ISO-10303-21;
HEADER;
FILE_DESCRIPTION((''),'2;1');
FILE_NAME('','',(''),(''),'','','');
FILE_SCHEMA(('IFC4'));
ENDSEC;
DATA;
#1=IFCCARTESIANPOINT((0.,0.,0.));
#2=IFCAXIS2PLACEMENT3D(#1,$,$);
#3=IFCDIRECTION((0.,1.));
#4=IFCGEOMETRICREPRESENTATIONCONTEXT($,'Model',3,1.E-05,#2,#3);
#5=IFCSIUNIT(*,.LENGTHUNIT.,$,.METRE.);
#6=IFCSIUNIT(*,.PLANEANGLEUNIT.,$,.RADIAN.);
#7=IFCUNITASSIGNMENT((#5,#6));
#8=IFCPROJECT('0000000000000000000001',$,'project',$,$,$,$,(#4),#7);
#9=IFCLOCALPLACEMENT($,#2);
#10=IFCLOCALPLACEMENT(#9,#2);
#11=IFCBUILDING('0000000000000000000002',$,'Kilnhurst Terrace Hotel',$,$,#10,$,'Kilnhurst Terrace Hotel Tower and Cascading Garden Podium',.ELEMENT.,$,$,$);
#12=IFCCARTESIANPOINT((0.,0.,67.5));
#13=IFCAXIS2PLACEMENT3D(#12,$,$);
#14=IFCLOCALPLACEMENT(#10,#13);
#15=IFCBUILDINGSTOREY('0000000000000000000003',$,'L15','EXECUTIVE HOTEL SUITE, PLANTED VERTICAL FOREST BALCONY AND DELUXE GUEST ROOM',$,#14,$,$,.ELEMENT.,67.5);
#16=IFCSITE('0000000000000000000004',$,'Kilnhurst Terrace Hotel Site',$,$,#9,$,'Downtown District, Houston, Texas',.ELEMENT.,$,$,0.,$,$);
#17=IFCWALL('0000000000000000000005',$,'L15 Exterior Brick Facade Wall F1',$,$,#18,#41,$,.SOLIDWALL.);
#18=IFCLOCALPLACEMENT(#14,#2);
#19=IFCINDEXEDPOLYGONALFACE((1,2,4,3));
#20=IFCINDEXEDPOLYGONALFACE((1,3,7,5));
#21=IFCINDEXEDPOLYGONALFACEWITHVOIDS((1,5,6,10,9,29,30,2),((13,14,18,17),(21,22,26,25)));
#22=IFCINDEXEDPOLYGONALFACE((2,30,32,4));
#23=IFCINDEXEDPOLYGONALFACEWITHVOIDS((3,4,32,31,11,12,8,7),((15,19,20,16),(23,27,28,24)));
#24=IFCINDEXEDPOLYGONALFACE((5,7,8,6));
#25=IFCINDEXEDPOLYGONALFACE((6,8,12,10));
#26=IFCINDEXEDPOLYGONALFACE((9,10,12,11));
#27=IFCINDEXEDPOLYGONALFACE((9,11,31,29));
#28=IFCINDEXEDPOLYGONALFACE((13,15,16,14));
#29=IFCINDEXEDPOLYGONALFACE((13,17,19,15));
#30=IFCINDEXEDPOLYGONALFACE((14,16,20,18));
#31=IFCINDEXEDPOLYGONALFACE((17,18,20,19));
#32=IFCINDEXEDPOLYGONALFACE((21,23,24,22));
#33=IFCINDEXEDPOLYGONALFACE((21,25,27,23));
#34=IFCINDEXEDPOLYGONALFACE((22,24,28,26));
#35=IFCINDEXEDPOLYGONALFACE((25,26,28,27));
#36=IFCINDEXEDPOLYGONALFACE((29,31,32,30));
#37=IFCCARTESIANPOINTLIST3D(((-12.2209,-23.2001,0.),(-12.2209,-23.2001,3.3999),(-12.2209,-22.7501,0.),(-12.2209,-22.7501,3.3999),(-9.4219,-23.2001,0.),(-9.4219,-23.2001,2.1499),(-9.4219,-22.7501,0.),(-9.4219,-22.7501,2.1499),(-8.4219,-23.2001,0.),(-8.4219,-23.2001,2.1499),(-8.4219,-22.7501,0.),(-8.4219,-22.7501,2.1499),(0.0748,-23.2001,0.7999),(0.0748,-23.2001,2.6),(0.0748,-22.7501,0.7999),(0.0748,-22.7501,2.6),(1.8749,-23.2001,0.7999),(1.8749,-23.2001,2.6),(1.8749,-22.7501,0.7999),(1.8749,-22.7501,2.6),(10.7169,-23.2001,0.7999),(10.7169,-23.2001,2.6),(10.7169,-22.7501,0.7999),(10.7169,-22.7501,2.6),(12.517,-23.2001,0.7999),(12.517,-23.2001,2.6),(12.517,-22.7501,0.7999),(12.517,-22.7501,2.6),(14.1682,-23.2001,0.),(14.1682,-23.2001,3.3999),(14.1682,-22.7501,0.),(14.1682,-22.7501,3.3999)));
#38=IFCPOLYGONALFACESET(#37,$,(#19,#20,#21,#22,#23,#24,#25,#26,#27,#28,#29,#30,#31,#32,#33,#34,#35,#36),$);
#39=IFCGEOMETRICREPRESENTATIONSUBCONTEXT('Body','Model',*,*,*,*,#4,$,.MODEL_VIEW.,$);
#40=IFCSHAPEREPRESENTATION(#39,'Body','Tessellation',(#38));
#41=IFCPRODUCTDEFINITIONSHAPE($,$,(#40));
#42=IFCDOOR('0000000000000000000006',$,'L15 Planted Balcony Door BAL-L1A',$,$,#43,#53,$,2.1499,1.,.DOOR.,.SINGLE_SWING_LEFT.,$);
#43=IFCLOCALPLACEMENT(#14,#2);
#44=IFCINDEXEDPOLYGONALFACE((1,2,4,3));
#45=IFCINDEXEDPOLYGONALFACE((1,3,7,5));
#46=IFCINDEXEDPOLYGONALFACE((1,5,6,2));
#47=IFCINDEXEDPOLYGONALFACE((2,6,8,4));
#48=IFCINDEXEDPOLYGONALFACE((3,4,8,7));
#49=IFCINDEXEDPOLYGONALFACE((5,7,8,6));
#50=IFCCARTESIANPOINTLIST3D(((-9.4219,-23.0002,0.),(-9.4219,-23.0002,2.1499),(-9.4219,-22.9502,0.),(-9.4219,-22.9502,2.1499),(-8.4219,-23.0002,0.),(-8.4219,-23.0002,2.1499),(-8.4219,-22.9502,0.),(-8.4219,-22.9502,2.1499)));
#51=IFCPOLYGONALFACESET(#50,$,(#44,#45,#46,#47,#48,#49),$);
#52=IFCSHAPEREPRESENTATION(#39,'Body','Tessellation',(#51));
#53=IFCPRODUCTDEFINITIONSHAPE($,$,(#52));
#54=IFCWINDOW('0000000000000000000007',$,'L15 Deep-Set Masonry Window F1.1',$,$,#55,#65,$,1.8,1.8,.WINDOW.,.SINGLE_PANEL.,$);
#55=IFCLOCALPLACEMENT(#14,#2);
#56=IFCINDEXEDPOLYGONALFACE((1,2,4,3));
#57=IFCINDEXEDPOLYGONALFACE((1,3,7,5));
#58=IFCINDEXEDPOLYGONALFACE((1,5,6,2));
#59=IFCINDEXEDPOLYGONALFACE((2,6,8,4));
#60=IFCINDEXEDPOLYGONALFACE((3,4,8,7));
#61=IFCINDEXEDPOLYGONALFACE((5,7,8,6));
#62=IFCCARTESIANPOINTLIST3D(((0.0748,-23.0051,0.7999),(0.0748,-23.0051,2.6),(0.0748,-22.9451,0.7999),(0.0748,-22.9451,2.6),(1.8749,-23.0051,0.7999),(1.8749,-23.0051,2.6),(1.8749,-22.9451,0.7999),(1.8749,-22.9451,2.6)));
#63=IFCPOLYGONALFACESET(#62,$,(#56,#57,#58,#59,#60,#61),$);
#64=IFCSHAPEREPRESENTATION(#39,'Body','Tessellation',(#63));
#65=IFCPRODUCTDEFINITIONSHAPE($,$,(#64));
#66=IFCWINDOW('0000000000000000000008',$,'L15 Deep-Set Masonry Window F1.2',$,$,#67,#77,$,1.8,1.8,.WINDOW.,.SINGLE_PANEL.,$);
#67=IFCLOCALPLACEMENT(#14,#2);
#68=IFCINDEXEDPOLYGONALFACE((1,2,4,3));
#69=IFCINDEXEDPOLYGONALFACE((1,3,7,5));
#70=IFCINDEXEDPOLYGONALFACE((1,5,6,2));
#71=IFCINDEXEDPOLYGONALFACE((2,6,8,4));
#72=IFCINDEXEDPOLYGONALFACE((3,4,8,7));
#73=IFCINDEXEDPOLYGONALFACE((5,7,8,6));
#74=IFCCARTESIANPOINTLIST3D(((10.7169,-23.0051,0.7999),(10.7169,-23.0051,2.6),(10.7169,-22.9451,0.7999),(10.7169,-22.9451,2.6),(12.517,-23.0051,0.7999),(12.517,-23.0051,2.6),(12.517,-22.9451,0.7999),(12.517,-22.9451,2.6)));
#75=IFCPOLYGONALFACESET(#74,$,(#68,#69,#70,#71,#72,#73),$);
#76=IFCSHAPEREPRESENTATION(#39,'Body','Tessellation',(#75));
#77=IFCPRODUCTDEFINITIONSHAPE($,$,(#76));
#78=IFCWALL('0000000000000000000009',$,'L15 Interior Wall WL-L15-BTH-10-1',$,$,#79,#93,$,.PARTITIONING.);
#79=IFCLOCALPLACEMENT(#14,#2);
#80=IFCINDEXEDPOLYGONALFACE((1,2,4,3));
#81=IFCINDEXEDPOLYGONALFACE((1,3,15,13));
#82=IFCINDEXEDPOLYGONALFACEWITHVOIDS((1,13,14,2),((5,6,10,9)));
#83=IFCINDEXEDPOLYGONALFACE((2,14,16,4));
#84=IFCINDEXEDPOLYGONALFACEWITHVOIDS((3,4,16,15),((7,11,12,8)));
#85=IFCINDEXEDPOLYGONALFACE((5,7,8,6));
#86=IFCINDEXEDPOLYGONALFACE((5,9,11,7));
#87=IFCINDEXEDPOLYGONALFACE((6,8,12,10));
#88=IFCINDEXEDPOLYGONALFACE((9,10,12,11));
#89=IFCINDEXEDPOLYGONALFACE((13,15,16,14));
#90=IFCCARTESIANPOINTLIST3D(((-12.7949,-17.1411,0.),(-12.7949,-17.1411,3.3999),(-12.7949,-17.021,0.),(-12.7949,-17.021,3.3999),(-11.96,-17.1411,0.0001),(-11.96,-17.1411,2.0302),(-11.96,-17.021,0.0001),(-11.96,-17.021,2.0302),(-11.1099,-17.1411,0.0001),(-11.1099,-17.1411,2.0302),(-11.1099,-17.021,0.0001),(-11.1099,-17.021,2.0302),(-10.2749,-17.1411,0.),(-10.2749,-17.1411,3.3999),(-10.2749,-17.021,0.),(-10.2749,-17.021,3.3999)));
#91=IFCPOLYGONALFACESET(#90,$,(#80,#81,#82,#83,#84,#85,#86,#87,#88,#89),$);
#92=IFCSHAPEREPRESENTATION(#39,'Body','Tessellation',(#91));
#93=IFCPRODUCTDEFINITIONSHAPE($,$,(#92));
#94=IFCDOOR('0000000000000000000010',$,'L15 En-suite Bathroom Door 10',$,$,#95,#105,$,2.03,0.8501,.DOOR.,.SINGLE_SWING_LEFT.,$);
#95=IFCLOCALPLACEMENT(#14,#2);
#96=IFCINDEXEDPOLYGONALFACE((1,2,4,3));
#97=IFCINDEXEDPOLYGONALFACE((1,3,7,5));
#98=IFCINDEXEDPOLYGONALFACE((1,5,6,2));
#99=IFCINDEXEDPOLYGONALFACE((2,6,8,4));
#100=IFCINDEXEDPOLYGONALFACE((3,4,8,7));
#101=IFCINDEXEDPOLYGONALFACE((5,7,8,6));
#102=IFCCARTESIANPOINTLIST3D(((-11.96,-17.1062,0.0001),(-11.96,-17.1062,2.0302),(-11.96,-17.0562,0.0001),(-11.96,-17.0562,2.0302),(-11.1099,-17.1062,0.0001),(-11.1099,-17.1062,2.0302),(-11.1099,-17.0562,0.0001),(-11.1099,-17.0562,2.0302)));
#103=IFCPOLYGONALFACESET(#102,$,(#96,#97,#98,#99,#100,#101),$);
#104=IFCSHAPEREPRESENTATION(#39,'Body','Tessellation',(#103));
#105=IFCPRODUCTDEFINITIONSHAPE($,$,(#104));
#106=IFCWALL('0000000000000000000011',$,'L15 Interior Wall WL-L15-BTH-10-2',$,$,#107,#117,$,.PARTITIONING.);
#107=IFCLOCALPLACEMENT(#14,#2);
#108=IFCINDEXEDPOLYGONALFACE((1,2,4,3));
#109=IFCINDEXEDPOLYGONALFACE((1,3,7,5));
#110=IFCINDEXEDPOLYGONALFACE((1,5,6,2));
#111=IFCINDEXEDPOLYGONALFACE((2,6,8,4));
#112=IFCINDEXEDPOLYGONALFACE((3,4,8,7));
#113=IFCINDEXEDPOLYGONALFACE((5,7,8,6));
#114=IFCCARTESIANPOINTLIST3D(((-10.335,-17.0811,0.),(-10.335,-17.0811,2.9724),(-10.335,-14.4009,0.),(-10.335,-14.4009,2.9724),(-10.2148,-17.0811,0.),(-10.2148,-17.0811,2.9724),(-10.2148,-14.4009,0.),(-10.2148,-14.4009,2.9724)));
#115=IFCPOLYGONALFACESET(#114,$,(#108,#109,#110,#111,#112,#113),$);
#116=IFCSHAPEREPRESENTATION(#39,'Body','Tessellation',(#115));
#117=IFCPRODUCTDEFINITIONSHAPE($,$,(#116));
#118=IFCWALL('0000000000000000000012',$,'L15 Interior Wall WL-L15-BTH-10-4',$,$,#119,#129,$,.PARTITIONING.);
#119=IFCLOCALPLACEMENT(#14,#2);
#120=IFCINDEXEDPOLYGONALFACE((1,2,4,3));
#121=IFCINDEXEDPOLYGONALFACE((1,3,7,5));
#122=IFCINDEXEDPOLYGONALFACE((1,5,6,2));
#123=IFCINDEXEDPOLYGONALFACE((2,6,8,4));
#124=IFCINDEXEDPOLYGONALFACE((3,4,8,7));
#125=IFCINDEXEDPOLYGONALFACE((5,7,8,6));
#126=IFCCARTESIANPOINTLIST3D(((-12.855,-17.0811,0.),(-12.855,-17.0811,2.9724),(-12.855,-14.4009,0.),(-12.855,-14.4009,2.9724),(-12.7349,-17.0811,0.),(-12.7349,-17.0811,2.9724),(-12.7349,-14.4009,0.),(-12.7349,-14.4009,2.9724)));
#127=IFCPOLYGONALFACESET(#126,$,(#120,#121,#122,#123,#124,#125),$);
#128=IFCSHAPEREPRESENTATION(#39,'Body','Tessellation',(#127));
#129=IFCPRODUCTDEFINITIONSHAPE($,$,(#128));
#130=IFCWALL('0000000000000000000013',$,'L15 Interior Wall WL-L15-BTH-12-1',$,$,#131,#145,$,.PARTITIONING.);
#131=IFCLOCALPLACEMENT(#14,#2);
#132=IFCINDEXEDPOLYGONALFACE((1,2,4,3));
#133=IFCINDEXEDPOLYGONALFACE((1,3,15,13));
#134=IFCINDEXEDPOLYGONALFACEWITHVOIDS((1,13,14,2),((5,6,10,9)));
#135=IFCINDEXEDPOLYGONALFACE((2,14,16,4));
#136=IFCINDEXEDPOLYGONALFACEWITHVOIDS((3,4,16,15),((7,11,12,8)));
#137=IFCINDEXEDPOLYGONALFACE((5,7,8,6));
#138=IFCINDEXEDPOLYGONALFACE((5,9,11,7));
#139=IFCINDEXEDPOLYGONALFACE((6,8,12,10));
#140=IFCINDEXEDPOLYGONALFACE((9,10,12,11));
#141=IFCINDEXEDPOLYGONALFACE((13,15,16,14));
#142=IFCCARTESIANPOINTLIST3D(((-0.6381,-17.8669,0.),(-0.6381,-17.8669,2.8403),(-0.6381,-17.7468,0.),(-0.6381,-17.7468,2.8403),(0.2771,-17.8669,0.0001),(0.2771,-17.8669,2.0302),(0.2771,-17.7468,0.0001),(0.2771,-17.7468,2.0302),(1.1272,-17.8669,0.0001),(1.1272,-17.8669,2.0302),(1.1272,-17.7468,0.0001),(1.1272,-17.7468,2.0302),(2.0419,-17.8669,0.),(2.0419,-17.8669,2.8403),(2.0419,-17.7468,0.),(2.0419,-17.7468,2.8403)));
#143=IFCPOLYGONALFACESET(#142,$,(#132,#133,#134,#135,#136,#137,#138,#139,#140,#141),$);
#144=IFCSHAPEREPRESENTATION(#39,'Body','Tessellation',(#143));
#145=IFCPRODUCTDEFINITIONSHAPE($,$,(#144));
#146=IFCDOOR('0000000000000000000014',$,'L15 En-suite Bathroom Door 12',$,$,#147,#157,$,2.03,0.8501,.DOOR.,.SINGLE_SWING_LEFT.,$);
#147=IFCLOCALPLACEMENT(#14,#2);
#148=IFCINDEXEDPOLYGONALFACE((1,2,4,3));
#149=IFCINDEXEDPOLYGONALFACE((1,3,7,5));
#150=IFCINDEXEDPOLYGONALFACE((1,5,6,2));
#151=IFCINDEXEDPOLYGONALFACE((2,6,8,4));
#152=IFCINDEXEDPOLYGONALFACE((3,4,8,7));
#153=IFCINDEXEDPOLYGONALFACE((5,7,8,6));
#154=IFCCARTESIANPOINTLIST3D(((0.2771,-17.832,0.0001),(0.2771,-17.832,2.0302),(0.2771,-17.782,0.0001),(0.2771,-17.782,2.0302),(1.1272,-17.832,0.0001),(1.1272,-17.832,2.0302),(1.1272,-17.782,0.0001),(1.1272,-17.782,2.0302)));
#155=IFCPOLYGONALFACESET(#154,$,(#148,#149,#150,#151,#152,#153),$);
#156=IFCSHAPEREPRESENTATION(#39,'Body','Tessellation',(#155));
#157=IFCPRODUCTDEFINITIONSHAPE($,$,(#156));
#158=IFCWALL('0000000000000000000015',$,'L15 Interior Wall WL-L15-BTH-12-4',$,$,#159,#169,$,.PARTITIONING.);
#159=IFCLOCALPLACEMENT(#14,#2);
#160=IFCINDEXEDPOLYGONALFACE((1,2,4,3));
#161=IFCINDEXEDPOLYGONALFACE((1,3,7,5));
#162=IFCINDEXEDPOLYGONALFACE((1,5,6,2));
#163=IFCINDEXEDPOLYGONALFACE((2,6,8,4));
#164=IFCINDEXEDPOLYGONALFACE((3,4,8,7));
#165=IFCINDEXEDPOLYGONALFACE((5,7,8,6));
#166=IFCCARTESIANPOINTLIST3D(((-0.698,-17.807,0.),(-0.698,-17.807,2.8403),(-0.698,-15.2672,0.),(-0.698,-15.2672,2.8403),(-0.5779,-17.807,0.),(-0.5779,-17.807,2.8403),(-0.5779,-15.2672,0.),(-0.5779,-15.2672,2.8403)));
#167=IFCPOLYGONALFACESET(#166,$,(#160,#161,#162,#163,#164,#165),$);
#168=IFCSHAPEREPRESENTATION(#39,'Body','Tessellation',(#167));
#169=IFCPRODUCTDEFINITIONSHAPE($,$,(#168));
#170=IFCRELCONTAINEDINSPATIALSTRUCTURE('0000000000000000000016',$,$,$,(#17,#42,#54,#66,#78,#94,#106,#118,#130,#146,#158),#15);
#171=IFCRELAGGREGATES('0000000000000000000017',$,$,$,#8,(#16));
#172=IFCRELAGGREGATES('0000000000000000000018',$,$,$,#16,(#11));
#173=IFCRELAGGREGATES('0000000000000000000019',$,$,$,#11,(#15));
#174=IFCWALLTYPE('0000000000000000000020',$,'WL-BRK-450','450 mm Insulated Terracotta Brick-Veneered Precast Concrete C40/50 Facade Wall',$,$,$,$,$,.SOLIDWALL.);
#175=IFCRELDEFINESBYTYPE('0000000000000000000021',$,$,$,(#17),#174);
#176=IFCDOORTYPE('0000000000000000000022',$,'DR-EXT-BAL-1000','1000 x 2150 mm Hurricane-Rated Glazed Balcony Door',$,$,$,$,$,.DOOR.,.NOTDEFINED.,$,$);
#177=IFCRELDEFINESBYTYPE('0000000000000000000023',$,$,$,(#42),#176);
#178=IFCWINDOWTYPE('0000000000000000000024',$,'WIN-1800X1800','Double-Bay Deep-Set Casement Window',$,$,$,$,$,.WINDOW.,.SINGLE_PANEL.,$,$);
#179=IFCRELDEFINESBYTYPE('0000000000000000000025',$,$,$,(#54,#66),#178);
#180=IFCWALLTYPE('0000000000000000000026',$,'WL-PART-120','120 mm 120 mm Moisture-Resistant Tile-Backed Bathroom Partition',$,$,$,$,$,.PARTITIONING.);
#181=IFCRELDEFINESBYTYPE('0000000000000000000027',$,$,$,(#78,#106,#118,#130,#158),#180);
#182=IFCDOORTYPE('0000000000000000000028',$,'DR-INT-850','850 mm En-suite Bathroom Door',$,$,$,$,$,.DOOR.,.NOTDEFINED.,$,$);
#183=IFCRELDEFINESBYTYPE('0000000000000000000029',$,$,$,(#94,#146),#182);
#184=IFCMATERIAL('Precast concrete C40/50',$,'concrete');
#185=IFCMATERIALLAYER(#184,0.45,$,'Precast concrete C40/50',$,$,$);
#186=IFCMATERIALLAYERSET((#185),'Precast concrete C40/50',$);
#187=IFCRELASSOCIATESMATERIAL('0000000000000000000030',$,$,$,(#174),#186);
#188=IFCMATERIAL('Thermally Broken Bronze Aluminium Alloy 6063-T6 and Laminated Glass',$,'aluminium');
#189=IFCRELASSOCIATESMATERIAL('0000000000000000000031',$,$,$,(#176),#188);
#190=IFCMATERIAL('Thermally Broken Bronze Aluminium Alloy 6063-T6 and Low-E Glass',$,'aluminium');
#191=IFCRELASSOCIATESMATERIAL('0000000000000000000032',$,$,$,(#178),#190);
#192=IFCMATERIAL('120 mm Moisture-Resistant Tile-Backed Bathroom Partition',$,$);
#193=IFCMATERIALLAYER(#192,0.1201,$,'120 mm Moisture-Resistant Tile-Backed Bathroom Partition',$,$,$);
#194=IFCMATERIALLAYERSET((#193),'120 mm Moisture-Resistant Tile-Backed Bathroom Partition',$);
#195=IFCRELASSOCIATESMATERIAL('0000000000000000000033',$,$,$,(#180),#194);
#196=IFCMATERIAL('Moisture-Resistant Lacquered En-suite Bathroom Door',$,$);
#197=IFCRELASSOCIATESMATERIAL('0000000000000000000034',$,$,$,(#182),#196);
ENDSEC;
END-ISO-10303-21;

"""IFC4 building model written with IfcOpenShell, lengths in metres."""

from ifc_helpers import new_model, si_unit, direction, frame, frame_2d, origin, place, context, subcontext, project, spatial, rectangle, extrude, material, layer, layer_set, type_object, element, fill, save


model = new_model("IFC4")

# Units and contexts
model_context = context("Model", 3, precision=1e-05, world=origin(), true_north=direction((0.0, 1.0)))
body_context = subcontext(model_context, "Body", "Model", "MODEL_VIEW")
ifc_project = project(units=[si_unit("LENGTHUNIT", "METRE"), si_unit("PLANEANGLEUNIT", "RADIAN")], contexts=[model_context])

# Site, building, storey
site_placement = place(None, origin())
site = spatial("IfcSite", under=ifc_project, at=site_placement, Name="Kilnhurst Terrace Hotel Site", LongName="Downtown District, Houston, Texas", CompositionType="ELEMENT", RefElevation=0.0)
building_placement = place(site_placement, origin())
building = spatial("IfcBuilding", under=site, at=building_placement, Name="Kilnhurst Terrace Hotel", LongName="Kilnhurst Terrace Hotel Tower and Cascading Garden Podium", CompositionType="ELEMENT")
storey_placement = place(building_placement, frame((0.0, 0.0, 67.5)))
storey = spatial("IfcBuildingStorey", under=building, at=storey_placement, Name="L15", Description="EXECUTIVE HOTEL SUITE, PLANTED VERTICAL FOREST BALCONY AND DELUXE GUEST ROOM", CompositionType="ELEMENT", Elevation=67.5)

# Shared definitions
ifc_material_1 = material(Name="Precast concrete C40/50", Category="concrete")
ifc_layer_1 = layer(ifc_material_1, 0.45, Name="Precast concrete C40/50")
ifc_layer_set_1 = layer_set([ifc_layer_1], Name="Precast concrete C40/50")
wall_type_1 = type_object("IfcWallType", Name="WL-BRK-450", Description="450 mm Insulated Terracotta Brick-Veneered Precast Concrete C40/50 Facade Wall", PredefinedType="SOLIDWALL", material=ifc_layer_set_1)

# Wall, openings, door, windows
wall_1_placement = place(storey_placement, frame((-12.2209, -22.9751, 0.0), z_axis=(0.0, 0.0, 1.0), x_axis=(1.0, 0.0, 0.0)))
wall_1 = element("IfcWall", 1, at=wall_1_placement, inside=storey, type_object=wall_type_1, Name="L15 Exterior Brick Facade Wall F1", PredefinedType="SOLIDWALL", context=body_context, shape_type="SweptSolid", body=[
    extrude(rectangle(XDim=26.3892, YDim=0.45, at=frame_2d((13.1946, 0.0))), origin(), (0.0, 0.0, 1.0), 3.3999),
])
opening_1_placement = place(wall_1_placement, frame((2.7991, 0.0, 0.0)))
opening_1 = element("IfcOpeningElement", 2, at=opening_1_placement, cuts=wall_1, PredefinedType="OPENING", context=body_context, shape_type="SweptSolid", body=[
    extrude(rectangle(XDim=1.0, YDim=2.1499, at=frame_2d((0.5, 1.075))), frame((0.0, 0.2349, 0.0), z_axis=(0.0, -1.0, 0.0), x_axis=(1.0, 0.0, 0.0)), (0.0, 0.0, 1.0), 0.47),
])
opening_2_placement = place(wall_1_placement, frame((12.2959, 0.0, 0.8)))
opening_2 = element("IfcOpeningElement", 3, at=opening_2_placement, cuts=wall_1, PredefinedType="OPENING", context=body_context, shape_type="SweptSolid", body=[
    extrude(rectangle(XDim=1.8, YDim=1.8, at=frame_2d((0.8999, 0.8999))), frame((0.0, 0.2349, 0.0), z_axis=(0.0, -1.0, 0.0), x_axis=(1.0, 0.0, 0.0)), (0.0, 0.0, 1.0), 0.47),
])
opening_3_placement = place(wall_1_placement, frame((22.938, 0.0, 0.8)))
opening_3 = element("IfcOpeningElement", 4, at=opening_3_placement, cuts=wall_1, PredefinedType="OPENING", context=body_context, shape_type="SweptSolid", body=[
    extrude(rectangle(XDim=1.8, YDim=1.8, at=frame_2d((0.8999, 0.8999))), frame((0.0, 0.2349, 0.0), z_axis=(0.0, -1.0, 0.0), x_axis=(1.0, 0.0, 0.0)), (0.0, 0.0, 1.0), 0.47),
])
ifc_material_2 = material(Name="Thermally Broken Bronze Aluminium Alloy 6063-T6 and Laminated Glass", Category="aluminium")
door_type_1 = type_object("IfcDoorType", Name="DR-EXT-BAL-1000", Description="1000 x 2150 mm Hurricane-Rated Glazed Balcony Door", OperationType="NOTDEFINED", PredefinedType="DOOR", material=ifc_material_2)
door_1_placement = place(opening_1_placement, origin())
door_1 = element("IfcDoor", 5, at=door_1_placement, inside=storey, type_object=door_type_1, Name="L15 Planted Balcony Door BAL-L1A", OperationType="SINGLE_SWING_LEFT", OverallHeight=2.1499, OverallWidth=1.0, PredefinedType="DOOR", context=body_context, shape_type="SweptSolid", body=[
    extrude(rectangle(XDim=1.0, YDim=2.1499, at=frame_2d((0.5, 1.075))), frame((0.0, 0.0249, 0.0), z_axis=(0.0, -1.0, 0.0), x_axis=(1.0, 0.0, 0.0)), (0.0, 0.0, 1.0), 0.05),
])
fill(opening_1, door_1)
ifc_material_3 = material(Name="Thermally Broken Bronze Aluminium Alloy 6063-T6 and Low-E Glass", Category="aluminium")
window_type = type_object("IfcWindowType", Name="WIN-1800X1800", Description="Double-Bay Deep-Set Casement Window", PartitioningType="SINGLE_PANEL", PredefinedType="WINDOW", material=ifc_material_3)
window_1_placement = place(opening_2_placement, origin())
window_1 = element("IfcWindow", 6, at=window_1_placement, inside=storey, type_object=window_type, Name="L15 Deep-Set Masonry Window F1.1", OverallHeight=1.8, OverallWidth=1.8, PartitioningType="SINGLE_PANEL", PredefinedType="WINDOW", context=body_context, shape_type="SweptSolid", body=[
    extrude(rectangle(XDim=1.8, YDim=1.8, at=frame_2d((0.8999, 0.8999))), frame((0.0, 0.03, 0.0), z_axis=(0.0, -1.0, 0.0), x_axis=(1.0, 0.0, 0.0)), (0.0, 0.0, 1.0), 0.0601),
])
fill(opening_2, window_1)
window_2_placement = place(opening_3_placement, origin())
window_2 = element("IfcWindow", 7, at=window_2_placement, inside=storey, type_object=window_type, Name="L15 Deep-Set Masonry Window F1.2", OverallHeight=1.8, OverallWidth=1.8, PartitioningType="SINGLE_PANEL", PredefinedType="WINDOW", context=body_context, shape_type="SweptSolid", body=[
    extrude(rectangle(XDim=1.8, YDim=1.8, at=frame_2d((0.8999, 0.8999))), frame((0.0, 0.03, 0.0), z_axis=(0.0, -1.0, 0.0), x_axis=(1.0, 0.0, 0.0)), (0.0, 0.0, 1.0), 0.0601),
])
fill(opening_3, window_2)

# Wall, opening, door
ifc_material_4 = material(Name="120 mm Moisture-Resistant Tile-Backed Bathroom Partition")
ifc_layer_2 = layer(ifc_material_4, 0.1201, Name="120 mm Moisture-Resistant Tile-Backed Bathroom Partition")
ifc_layer_set_2 = layer_set([ifc_layer_2], Name="120 mm Moisture-Resistant Tile-Backed Bathroom Partition")
wall_type_2 = type_object("IfcWallType", Name="WL-PART-120", Description="120 mm 120 mm Moisture-Resistant Tile-Backed Bathroom Partition", PredefinedType="PARTITIONING", material=ifc_layer_set_2)
wall_2_placement = place(storey_placement, frame((-12.7949, -17.0811, 0.0), z_axis=(0.0, 0.0, 1.0), x_axis=(1.0, 0.0, 0.0)))
wall_2 = element("IfcWall", 8, at=wall_2_placement, inside=storey, type_object=wall_type_2, Name="L15 Interior Wall WL-L15-BTH-10-1", PredefinedType="PARTITIONING", context=body_context, shape_type="SweptSolid", body=[
    extrude(rectangle(XDim=2.52, YDim=0.1201, at=frame_2d((1.26, 0.0))), origin(), (0.0, 0.0, 1.0), 3.3999),
])
opening_4_placement = place(wall_2_placement, frame((0.835, 0.0, 0.0)))
opening_4 = element("IfcOpeningElement", 9, at=opening_4_placement, cuts=wall_2, PredefinedType="OPENING", context=body_context, shape_type="SweptSolid", body=[
    extrude(rectangle(XDim=0.8501, YDim=2.03, at=frame_2d((0.425, 1.0151))), frame((0.0, 0.0701, 0.0), z_axis=(0.0, -1.0, 0.0), x_axis=(1.0, 0.0, 0.0)), (0.0, 0.0, 1.0), 0.1401),
])
ifc_material_5 = material(Name="Moisture-Resistant Lacquered En-suite Bathroom Door")
door_type_2 = type_object("IfcDoorType", Name="DR-INT-850", Description="850 mm En-suite Bathroom Door", OperationType="NOTDEFINED", PredefinedType="DOOR", material=ifc_material_5)
door_2_placement = place(opening_4_placement, origin())
door_2 = element("IfcDoor", 10, at=door_2_placement, inside=storey, type_object=door_type_2, Name="L15 En-suite Bathroom Door 10", OperationType="SINGLE_SWING_LEFT", OverallHeight=2.03, OverallWidth=0.8501, PredefinedType="DOOR", context=body_context, shape_type="SweptSolid", body=[
    extrude(rectangle(XDim=0.8501, YDim=2.03, at=frame_2d((0.425, 1.0151))), frame((0.0, 0.0249, 0.0), z_axis=(0.0, -1.0, 0.0), x_axis=(1.0, 0.0, 0.0)), (0.0, 0.0, 1.0), 0.05),
])
fill(opening_4, door_2)

# Walls
for number, where, z_axis, x_axis, name in (
    (11, (-10.2749, -17.0811, 0.0), (0.0, 0.0, 1.0), (0.0, 1.0, 0.0), "L15 Interior Wall WL-L15-BTH-10-2"),
    (12, (-12.7949, -14.4009, 0.0), (0.0, 0.0, 1.0), (0.0, -1.0, 0.0), "L15 Interior Wall WL-L15-BTH-10-4"),
):
    element("IfcWall", number, at=place(storey_placement, frame(where, z_axis=z_axis, x_axis=x_axis)), inside=storey, type_object=wall_type_2, Name=name, PredefinedType="PARTITIONING", context=body_context, shape_type="SweptSolid", body=[
        extrude(rectangle(XDim=2.6802, YDim=0.1201, at=frame_2d((1.3401, 0.0))), origin(), (0.0, 0.0, 1.0), 2.9724),
    ])

# Wall, opening, door
wall_3_placement = place(storey_placement, frame((-0.6379, -17.8069, 0.0), z_axis=(0.0, 0.0, 1.0), x_axis=(1.0, 0.0, 0.0)))
wall_3 = element("IfcWall", 13, at=wall_3_placement, inside=storey, type_object=wall_type_2, Name="L15 Interior Wall WL-L15-BTH-12-1", PredefinedType="PARTITIONING", context=body_context, shape_type="SweptSolid", body=[
    extrude(rectangle(XDim=2.6799, YDim=0.1201, at=frame_2d((1.3398, 0.0))), origin(), (0.0, 0.0, 1.0), 2.8403),
])
opening_5_placement = place(wall_3_placement, frame((0.915, 0.0, 0.0)))
opening_5 = element("IfcOpeningElement", 14, at=opening_5_placement, cuts=wall_3, PredefinedType="OPENING", context=body_context, shape_type="SweptSolid", body=[
    extrude(rectangle(XDim=0.8501, YDim=2.03, at=frame_2d((0.425, 1.0151))), frame((0.0, 0.0701, 0.0), z_axis=(0.0, -1.0, 0.0), x_axis=(1.0, 0.0, 0.0)), (0.0, 0.0, 1.0), 0.1401),
])
door_3_placement = place(opening_5_placement, origin())
door_3 = element("IfcDoor", 15, at=door_3_placement, inside=storey, type_object=door_type_2, Name="L15 En-suite Bathroom Door 12", OperationType="SINGLE_SWING_LEFT", OverallHeight=2.03, OverallWidth=0.8501, PredefinedType="DOOR", context=body_context, shape_type="SweptSolid", body=[
    extrude(rectangle(XDim=0.8501, YDim=2.03, at=frame_2d((0.425, 1.0151))), frame((0.0, 0.0249, 0.0), z_axis=(0.0, -1.0, 0.0), x_axis=(1.0, 0.0, 0.0)), (0.0, 0.0, 1.0), 0.05),
])
fill(opening_5, door_3)

# Wall
wall_4_placement = place(storey_placement, frame((-0.6379, -15.2671, 0.0), z_axis=(0.0, 0.0, 1.0), x_axis=(0.0, -1.0, 0.0)))
element("IfcWall", 16, at=wall_4_placement, inside=storey, type_object=wall_type_2, Name="L15 Interior Wall WL-L15-BTH-12-4", PredefinedType="PARTITIONING", context=body_context, shape_type="SweptSolid", body=[
    extrude(rectangle(XDim=2.5398, YDim=0.1201, at=frame_2d((1.27, 0.0))), origin(), (0.0, 0.0, 1.0), 2.8403),
])

save(model, "model.ifc")
